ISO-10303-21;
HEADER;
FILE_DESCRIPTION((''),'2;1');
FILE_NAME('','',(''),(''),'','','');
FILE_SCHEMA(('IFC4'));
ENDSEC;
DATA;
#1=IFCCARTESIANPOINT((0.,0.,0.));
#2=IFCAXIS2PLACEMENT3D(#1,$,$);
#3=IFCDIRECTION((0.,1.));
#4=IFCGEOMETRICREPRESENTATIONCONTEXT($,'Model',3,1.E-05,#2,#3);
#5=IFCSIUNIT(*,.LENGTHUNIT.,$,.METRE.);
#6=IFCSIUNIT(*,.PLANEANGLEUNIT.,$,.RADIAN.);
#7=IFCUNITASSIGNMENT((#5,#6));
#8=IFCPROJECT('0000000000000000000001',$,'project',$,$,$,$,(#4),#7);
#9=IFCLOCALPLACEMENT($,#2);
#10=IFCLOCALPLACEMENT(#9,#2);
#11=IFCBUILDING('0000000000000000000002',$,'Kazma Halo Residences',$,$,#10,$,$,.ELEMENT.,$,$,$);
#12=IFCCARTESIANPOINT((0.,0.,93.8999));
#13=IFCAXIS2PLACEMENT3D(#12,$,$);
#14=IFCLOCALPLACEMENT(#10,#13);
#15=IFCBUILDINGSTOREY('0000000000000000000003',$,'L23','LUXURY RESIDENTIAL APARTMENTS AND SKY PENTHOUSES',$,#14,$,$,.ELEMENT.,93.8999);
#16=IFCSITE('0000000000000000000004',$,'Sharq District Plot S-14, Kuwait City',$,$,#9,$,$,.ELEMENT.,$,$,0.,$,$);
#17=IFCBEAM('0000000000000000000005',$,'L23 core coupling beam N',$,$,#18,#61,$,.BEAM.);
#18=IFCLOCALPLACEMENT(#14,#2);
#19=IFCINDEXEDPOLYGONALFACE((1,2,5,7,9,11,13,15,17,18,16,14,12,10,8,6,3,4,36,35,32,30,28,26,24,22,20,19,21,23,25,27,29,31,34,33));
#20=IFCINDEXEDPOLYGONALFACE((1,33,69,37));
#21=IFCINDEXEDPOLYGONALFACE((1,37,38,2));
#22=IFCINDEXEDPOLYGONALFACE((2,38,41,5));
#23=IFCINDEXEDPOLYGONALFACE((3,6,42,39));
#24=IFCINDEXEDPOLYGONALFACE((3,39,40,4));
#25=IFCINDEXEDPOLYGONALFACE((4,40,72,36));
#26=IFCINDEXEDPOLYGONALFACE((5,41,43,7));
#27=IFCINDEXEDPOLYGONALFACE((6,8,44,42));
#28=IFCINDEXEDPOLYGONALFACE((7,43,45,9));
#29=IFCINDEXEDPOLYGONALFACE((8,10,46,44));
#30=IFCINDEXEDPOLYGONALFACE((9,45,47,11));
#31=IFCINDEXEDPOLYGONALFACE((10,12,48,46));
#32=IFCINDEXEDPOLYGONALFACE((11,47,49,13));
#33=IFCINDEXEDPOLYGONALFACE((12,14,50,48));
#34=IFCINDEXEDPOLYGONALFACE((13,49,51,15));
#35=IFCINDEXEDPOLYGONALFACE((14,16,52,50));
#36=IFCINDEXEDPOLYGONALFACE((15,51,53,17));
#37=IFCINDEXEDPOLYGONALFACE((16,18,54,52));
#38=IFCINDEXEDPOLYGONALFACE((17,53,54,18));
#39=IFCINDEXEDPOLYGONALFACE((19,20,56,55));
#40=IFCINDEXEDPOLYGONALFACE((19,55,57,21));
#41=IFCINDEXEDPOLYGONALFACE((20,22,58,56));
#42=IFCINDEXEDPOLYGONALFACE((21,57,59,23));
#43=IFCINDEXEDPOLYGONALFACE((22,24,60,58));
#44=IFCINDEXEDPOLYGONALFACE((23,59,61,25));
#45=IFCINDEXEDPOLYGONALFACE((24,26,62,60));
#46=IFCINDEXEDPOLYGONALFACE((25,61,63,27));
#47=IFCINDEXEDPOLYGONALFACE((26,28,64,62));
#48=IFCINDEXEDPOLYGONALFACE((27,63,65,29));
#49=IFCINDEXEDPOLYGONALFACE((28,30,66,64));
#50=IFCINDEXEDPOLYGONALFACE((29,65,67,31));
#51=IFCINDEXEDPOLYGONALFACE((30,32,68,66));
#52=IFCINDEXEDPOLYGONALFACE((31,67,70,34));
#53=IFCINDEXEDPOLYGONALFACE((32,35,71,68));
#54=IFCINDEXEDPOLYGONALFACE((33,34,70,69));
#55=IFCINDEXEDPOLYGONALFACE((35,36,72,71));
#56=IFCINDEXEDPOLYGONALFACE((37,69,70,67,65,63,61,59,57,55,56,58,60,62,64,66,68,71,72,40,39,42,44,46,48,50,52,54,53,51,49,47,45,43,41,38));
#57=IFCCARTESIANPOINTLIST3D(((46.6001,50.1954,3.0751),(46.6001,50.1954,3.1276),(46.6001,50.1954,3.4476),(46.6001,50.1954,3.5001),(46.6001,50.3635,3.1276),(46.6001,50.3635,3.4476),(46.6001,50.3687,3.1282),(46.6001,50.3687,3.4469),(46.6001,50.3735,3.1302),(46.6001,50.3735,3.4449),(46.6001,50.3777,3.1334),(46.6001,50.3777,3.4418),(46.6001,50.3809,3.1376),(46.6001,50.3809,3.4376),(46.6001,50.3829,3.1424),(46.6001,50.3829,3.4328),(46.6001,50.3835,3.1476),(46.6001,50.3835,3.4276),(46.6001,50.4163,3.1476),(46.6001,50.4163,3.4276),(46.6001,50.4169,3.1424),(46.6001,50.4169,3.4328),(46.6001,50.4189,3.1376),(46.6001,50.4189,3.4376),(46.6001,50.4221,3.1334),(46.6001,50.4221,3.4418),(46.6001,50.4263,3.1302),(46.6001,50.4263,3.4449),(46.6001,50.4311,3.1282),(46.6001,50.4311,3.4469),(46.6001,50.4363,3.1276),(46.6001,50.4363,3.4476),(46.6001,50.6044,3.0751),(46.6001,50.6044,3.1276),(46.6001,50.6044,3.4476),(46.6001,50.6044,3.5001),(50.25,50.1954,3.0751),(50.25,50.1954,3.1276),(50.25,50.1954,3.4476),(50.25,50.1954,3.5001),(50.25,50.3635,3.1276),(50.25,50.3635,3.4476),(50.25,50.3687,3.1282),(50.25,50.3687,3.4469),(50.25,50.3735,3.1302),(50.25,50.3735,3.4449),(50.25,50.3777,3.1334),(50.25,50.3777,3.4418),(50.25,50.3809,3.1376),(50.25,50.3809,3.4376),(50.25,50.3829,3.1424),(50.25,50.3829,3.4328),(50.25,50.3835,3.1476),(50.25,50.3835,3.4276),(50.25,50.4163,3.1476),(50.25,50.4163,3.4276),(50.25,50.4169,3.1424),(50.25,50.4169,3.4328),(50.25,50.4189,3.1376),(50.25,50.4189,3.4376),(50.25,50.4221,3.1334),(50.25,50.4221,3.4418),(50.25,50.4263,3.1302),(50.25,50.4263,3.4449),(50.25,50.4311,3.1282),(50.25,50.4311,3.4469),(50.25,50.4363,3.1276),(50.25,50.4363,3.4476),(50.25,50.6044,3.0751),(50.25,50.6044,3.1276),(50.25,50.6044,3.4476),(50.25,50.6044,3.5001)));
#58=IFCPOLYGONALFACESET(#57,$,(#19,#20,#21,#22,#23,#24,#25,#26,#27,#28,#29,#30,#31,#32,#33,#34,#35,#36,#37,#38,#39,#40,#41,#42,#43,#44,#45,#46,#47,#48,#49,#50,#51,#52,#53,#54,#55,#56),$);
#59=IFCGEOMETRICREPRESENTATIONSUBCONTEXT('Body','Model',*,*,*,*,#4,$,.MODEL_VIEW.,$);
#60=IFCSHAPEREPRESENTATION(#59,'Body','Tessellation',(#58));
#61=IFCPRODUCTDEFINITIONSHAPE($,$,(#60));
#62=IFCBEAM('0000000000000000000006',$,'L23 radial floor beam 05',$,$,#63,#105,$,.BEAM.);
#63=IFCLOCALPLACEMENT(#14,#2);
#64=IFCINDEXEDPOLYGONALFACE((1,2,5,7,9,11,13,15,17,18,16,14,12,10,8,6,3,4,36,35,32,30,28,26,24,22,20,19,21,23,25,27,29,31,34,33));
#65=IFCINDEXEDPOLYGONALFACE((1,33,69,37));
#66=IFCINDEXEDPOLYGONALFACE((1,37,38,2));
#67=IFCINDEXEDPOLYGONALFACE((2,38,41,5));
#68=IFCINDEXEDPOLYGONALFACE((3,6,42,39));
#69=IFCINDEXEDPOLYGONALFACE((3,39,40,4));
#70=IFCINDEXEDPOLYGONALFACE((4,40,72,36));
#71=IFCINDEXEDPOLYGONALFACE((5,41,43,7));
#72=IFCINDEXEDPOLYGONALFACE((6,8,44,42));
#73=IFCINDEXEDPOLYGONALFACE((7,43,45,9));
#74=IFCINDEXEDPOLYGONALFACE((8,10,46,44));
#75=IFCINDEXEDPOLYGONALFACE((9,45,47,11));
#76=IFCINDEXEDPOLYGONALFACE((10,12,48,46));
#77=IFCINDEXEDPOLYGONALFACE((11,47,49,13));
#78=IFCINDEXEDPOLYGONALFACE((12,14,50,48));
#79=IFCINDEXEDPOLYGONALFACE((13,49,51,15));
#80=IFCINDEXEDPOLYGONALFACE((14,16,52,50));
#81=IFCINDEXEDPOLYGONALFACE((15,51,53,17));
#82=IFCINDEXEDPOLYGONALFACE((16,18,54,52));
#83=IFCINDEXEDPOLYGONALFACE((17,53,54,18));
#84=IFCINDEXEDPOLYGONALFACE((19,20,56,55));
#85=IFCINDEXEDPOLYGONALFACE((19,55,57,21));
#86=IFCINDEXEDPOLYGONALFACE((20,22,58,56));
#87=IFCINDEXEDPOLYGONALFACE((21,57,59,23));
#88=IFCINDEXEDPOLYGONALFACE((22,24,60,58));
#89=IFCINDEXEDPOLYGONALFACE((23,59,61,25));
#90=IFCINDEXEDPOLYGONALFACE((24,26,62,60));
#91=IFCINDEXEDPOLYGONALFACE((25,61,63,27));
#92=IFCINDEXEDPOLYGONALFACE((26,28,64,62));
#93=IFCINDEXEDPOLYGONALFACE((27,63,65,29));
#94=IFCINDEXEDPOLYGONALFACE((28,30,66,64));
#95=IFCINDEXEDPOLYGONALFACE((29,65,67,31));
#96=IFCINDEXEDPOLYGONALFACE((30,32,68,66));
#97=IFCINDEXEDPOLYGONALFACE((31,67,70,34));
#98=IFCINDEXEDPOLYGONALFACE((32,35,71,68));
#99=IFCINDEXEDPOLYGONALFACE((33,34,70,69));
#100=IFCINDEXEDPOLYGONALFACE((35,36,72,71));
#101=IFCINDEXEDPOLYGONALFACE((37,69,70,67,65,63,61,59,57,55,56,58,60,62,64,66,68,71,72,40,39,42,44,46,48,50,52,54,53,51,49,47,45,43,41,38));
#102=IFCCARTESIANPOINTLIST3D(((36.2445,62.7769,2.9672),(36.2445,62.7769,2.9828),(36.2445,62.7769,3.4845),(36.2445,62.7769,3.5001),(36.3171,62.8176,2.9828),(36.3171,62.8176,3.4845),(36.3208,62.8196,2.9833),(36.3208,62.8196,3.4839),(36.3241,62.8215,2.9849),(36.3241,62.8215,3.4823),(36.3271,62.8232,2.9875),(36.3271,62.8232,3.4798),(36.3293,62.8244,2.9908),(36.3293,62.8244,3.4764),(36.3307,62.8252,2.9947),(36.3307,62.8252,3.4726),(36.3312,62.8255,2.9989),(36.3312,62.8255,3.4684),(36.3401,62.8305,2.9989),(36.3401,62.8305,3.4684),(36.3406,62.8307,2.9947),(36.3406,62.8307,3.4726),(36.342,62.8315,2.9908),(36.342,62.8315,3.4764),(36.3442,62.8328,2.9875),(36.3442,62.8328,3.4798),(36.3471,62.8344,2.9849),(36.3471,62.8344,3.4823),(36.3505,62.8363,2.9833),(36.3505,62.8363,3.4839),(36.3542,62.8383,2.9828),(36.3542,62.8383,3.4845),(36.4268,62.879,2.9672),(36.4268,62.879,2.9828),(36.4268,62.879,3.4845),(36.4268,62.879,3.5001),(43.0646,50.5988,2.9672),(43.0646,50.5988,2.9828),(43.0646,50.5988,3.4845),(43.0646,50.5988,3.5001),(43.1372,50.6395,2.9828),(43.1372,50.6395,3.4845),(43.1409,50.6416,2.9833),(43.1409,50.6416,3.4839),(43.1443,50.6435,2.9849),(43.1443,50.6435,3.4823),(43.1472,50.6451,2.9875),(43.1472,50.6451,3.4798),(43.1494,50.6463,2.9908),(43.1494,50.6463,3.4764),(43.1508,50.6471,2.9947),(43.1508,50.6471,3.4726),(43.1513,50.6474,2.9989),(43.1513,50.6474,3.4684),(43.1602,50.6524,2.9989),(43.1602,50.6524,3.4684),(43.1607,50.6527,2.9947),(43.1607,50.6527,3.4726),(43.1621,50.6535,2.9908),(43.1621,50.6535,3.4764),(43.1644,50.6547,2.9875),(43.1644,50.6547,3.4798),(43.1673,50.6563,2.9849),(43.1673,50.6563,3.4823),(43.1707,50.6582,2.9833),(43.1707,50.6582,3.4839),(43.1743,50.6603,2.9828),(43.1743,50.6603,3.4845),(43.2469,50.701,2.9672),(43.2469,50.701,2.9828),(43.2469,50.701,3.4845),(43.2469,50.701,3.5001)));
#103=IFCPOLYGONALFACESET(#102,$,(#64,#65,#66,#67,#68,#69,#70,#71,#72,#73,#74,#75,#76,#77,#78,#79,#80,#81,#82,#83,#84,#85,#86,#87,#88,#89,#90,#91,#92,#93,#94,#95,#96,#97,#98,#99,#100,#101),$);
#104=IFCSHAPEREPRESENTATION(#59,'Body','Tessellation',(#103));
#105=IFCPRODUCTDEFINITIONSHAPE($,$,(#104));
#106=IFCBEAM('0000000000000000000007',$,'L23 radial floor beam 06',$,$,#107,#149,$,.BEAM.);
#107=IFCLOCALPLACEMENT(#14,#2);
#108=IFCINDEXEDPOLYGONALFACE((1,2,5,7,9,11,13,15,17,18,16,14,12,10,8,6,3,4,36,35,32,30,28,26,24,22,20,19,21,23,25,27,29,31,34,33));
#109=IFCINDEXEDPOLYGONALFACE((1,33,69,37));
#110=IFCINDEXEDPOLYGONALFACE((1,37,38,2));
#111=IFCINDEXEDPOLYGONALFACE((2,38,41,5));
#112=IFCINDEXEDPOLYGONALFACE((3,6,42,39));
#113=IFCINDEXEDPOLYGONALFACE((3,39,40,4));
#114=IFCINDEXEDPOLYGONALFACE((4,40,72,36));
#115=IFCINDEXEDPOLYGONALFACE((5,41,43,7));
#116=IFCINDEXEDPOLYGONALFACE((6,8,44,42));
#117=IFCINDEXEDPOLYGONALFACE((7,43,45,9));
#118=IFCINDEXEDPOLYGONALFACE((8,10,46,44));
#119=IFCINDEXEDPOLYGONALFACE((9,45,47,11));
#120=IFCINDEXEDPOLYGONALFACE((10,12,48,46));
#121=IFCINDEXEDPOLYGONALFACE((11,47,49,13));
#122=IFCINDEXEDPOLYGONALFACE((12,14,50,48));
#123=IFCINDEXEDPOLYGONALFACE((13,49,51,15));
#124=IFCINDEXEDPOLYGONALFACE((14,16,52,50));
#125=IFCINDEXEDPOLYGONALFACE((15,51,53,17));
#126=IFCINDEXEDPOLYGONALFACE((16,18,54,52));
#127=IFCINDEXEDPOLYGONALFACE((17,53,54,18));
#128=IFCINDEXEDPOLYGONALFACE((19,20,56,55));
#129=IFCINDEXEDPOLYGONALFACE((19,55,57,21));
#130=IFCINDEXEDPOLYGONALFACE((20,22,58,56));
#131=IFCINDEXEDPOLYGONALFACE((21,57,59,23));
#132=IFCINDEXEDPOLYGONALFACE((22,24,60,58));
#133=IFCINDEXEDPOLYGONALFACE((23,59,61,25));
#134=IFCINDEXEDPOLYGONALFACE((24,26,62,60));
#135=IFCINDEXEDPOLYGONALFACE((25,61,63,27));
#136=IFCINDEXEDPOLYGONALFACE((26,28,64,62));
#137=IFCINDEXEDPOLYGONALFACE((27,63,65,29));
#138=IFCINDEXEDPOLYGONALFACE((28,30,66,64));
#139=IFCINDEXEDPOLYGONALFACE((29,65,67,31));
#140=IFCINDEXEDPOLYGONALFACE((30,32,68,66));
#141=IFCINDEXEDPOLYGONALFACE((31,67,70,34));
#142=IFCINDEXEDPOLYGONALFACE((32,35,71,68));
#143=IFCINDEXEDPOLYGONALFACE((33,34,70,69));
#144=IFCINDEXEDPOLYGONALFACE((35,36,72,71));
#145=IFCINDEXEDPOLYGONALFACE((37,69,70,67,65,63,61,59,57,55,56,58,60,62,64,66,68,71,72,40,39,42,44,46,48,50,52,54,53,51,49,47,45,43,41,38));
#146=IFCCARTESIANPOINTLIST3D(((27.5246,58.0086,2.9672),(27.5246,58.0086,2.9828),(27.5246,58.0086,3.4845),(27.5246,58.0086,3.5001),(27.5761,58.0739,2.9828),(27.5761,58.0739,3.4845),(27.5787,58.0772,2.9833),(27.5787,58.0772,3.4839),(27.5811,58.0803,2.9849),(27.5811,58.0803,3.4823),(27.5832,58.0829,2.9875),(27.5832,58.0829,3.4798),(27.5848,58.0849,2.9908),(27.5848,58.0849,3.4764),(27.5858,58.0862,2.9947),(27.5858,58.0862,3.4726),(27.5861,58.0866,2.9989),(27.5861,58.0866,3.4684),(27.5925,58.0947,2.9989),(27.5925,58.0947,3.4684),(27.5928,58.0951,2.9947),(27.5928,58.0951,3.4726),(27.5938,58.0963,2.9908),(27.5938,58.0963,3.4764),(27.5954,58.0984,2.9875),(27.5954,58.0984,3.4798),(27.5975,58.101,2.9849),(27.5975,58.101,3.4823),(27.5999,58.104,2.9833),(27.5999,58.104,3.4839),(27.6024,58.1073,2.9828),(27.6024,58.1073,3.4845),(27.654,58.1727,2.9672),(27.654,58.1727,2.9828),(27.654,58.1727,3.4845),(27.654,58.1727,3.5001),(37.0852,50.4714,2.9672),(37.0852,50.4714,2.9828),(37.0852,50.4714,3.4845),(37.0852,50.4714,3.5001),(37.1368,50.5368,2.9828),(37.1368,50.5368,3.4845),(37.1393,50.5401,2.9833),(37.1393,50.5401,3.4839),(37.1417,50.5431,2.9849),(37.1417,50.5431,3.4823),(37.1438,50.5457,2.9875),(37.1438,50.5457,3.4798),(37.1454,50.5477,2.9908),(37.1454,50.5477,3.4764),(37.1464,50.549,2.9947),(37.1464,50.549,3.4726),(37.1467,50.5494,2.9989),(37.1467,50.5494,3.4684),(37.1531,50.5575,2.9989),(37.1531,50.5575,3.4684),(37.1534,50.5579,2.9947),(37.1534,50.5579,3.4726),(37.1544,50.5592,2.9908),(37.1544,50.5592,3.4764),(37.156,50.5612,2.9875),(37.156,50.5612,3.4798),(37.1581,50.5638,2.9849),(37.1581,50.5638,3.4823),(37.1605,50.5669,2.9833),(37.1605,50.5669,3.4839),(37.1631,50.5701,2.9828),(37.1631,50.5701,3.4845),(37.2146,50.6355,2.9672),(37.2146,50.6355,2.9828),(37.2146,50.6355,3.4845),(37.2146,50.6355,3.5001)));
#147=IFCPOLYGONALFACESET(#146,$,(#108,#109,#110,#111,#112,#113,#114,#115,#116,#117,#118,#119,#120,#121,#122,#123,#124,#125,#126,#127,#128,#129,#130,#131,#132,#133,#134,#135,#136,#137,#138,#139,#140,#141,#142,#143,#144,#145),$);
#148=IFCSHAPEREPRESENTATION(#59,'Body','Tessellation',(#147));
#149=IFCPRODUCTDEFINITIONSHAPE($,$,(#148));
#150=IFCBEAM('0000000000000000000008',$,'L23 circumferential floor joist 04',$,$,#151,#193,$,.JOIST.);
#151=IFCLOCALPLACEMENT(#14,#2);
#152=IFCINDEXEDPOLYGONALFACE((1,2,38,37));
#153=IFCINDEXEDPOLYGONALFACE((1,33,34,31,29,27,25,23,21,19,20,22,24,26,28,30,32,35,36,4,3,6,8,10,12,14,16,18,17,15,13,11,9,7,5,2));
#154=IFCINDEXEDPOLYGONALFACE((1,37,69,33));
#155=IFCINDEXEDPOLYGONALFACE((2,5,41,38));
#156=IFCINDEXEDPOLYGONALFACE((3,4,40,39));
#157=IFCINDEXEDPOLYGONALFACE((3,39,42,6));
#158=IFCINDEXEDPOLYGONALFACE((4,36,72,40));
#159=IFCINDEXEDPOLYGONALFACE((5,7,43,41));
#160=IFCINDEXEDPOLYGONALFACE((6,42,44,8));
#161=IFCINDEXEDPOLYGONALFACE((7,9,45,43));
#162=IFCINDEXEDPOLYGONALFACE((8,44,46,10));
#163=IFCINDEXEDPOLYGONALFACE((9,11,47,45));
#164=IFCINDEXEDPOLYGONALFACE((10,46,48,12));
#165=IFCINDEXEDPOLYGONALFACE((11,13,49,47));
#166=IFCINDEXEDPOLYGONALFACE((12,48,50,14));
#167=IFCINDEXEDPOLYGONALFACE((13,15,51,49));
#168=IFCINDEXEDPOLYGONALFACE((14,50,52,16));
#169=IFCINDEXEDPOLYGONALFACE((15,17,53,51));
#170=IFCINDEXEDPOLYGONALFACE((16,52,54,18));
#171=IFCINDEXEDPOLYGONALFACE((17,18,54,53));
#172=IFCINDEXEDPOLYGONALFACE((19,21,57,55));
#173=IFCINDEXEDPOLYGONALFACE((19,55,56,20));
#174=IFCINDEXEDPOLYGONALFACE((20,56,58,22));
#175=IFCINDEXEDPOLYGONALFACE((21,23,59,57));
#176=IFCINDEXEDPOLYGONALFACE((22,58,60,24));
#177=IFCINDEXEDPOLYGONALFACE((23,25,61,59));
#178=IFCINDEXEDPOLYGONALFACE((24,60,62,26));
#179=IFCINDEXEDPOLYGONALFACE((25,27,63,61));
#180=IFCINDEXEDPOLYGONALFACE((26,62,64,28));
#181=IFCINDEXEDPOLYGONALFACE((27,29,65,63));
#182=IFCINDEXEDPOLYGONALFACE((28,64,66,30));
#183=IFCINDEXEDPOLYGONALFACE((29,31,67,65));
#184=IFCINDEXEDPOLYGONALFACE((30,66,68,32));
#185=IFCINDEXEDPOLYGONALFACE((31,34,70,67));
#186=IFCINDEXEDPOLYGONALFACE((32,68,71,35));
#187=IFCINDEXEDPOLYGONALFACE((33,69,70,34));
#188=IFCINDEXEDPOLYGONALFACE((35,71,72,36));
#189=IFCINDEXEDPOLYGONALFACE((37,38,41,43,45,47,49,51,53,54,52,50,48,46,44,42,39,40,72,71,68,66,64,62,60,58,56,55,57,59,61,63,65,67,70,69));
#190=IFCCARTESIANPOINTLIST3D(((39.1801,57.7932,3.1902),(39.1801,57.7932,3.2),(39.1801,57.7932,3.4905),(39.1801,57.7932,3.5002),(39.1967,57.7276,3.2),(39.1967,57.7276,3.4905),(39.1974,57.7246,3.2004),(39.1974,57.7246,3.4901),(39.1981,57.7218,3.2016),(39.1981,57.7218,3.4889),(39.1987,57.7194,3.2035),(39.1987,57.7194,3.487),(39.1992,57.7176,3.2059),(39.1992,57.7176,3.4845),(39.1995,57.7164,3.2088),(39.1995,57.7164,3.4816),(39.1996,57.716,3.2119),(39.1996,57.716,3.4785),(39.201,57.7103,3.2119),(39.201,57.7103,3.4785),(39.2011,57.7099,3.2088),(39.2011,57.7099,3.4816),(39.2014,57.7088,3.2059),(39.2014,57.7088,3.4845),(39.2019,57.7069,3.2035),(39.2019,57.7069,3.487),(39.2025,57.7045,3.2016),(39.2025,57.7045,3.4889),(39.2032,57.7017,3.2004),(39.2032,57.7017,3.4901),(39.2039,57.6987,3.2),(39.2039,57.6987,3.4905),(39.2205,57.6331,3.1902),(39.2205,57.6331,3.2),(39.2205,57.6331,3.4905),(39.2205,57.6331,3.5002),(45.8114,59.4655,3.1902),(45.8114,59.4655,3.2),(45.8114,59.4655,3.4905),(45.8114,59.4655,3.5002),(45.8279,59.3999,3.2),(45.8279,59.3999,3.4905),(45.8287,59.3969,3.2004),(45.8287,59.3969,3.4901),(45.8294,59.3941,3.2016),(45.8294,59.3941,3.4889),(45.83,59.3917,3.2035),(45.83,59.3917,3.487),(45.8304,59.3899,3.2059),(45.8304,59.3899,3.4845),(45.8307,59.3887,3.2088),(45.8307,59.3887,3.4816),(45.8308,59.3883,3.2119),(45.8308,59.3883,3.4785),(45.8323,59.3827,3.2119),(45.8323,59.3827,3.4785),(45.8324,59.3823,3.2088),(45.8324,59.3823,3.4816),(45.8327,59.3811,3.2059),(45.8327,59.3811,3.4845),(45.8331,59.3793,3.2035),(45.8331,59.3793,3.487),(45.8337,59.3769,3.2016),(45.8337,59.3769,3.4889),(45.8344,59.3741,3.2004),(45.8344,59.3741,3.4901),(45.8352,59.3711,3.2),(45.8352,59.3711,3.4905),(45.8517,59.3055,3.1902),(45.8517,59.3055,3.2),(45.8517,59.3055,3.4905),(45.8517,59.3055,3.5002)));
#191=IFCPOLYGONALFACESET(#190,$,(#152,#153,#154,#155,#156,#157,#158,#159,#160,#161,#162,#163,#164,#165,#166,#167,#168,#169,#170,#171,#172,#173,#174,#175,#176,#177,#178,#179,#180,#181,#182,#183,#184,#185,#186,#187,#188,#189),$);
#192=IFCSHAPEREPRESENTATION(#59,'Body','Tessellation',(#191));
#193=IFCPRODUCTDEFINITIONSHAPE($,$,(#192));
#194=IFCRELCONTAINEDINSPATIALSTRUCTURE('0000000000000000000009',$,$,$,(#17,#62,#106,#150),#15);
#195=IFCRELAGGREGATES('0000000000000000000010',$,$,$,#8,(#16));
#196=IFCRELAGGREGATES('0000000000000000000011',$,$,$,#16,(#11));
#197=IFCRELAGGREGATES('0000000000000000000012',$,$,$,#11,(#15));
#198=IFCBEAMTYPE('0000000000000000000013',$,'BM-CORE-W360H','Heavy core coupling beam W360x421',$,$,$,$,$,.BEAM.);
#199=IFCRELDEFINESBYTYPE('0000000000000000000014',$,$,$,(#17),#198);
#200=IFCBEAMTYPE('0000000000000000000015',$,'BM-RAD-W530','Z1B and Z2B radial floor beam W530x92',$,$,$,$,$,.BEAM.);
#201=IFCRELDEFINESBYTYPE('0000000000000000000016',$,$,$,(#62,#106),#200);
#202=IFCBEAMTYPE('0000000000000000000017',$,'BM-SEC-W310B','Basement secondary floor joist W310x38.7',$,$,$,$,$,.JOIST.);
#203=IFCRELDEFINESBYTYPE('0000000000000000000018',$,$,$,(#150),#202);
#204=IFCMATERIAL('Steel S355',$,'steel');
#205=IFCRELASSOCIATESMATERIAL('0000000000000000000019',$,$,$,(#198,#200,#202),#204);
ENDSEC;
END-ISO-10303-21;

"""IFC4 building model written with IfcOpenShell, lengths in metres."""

from ifc_helpers import new_model, si_unit, direction, frame, origin, origin_2d, place, context, subcontext, project, spatial, i_section, extrude, material, material_profile, profile_set, type_object, element, save


model = new_model("IFC4")

# Units and contexts
model_context = context("Model", 3, precision=1e-05, world=origin(), true_north=direction((0.0, 1.0)))
body_context = subcontext(model_context, "Body", "Model", "MODEL_VIEW")
ifc_project = project(units=[si_unit("LENGTHUNIT", "METRE"), si_unit("PLANEANGLEUNIT", "RADIAN")], contexts=[model_context])

# Site, building, storey
site_placement = place(None, origin())
site = spatial("IfcSite", under=ifc_project, at=site_placement, Name="Sharq District Plot S-14, Kuwait City", CompositionType="ELEMENT", RefElevation=0.0)
building_placement = place(site_placement, origin())
building = spatial("IfcBuilding", under=site, at=building_placement, Name="Kazma Halo Residences", CompositionType="ELEMENT")
storey_placement = place(building_placement, frame((0.0, 0.0, 93.8999)))
storey = spatial("IfcBuildingStorey", under=building, at=storey_placement, Name="L23", Description="LUXURY RESIDENTIAL APARTMENTS AND SKY PENTHOUSES", CompositionType="ELEMENT", Elevation=93.8999)

# Beams
ifc_material_1 = material(Name="Steel S355", Category="steel")
ifc_material_profile_1 = material_profile(ifc_material_1, i_section(OverallWidth=0.4089, OverallDepth=0.425, WebThickness=0.0327, FlangeThickness=0.0525, FilletRadius=0.02, at=origin_2d()), Name="W360x421")
ifc_profile_set_1 = profile_set([ifc_material_profile_1], Name="Steel S355")
beam_type_1 = type_object("IfcBeamType", Name="BM-CORE-W360H", Description="Heavy core coupling beam W360x421", PredefinedType="BEAM", material=ifc_profile_set_1)
beam_1_placement = place(storey_placement, frame((46.6001, 50.3999, 3.2876), z_axis=(1.0, 0.0, 0.0), x_axis=(0.0, 1.0, 0.0)))
element("IfcBeam", 1, at=beam_1_placement, inside=storey, type_object=beam_type_1, Name="L23 core coupling beam N", PredefinedType="BEAM", context=body_context, shape_type="SweptSolid", body=[
    extrude(i_section(OverallWidth=0.4089, OverallDepth=0.425, WebThickness=0.0327, FlangeThickness=0.0525, FilletRadius=0.02, at=origin_2d()), origin(), (0.0, 0.0, 1.0), 3.6499),
])
ifc_material_profile_2 = material_profile(ifc_material_1, i_section(OverallWidth=0.209, OverallDepth=0.533, WebThickness=0.0103, FlangeThickness=0.0156, FilletRadius=0.0161, at=origin_2d()), Name="W530x92")
ifc_profile_set_2 = profile_set([ifc_material_profile_2], Name="Steel S355")
beam_type_2 = type_object("IfcBeamType", Name="BM-RAD-W530", Description="Z1B and Z2B radial floor beam W530x92", PredefinedType="BEAM", material=ifc_profile_set_2)
beam_2_placement = place(storey_placement, frame((43.1558, 50.6499, 3.2336), z_axis=(-0.488625, 0.872494, 0.0), x_axis=(-0.872494, -0.488625, 0.0)))
element("IfcBeam", 2, at=beam_2_placement, inside=storey, type_object=beam_type_2, Name="L23 radial floor beam 05", PredefinedType="BEAM", context=body_context, shape_type="SweptSolid", body=[
    extrude(i_section(OverallWidth=0.209, OverallDepth=0.533, WebThickness=0.0103, FlangeThickness=0.0156, FilletRadius=0.0161, at=origin_2d()), origin(), (0.0, 0.0, 1.0), 13.9578),
])
beam_3_placement = place(storey_placement, frame((37.1499, 50.5535, 3.2336), z_axis=(-0.78531, 0.619103, 0.0), x_axis=(-0.619103, -0.78531, 0.0)))
element("IfcBeam", 3, at=beam_3_placement, inside=storey, type_object=beam_type_2, Name="L23 radial floor beam 06", PredefinedType="BEAM", context=body_context, shape_type="SweptSolid", body=[
    extrude(i_section(OverallWidth=0.209, OverallDepth=0.533, WebThickness=0.0103, FlangeThickness=0.0156, FilletRadius=0.0161, at=origin_2d()), origin(), (0.0, 0.0, 1.0), 12.1743),
])
ifc_material_profile_3 = material_profile(ifc_material_1, i_section(OverallWidth=0.165, OverallDepth=0.3101, WebThickness=0.0059, FlangeThickness=0.0098, FilletRadius=0.012, at=origin_2d()), Name="W310x38.7")
ifc_profile_set_3 = profile_set([ifc_material_profile_3], Name="Steel S355")
beam_type_3 = type_object("IfcBeamType", Name="BM-SEC-W310B", Description="Basement secondary floor joist W310x38.7", PredefinedType="JOIST", material=ifc_profile_set_3)
beam_4_placement = place(storey_placement, frame((45.8315, 59.3855, 3.3452), z_axis=(-0.969641, -0.244534, 0.0), x_axis=(0.244534, -0.969641, 0.0)))
element("IfcBeam", 4, at=beam_4_placement, inside=storey, type_object=beam_type_3, Name="L23 circumferential floor joist 04", PredefinedType="JOIST", context=body_context, shape_type="SweptSolid", body=[
    extrude(i_section(OverallWidth=0.165, OverallDepth=0.3101, WebThickness=0.0059, FlangeThickness=0.0098, FilletRadius=0.012, at=origin_2d()), origin(), (0.0, 0.0, 1.0), 6.8389),
])

save(model, "model.ifc")
